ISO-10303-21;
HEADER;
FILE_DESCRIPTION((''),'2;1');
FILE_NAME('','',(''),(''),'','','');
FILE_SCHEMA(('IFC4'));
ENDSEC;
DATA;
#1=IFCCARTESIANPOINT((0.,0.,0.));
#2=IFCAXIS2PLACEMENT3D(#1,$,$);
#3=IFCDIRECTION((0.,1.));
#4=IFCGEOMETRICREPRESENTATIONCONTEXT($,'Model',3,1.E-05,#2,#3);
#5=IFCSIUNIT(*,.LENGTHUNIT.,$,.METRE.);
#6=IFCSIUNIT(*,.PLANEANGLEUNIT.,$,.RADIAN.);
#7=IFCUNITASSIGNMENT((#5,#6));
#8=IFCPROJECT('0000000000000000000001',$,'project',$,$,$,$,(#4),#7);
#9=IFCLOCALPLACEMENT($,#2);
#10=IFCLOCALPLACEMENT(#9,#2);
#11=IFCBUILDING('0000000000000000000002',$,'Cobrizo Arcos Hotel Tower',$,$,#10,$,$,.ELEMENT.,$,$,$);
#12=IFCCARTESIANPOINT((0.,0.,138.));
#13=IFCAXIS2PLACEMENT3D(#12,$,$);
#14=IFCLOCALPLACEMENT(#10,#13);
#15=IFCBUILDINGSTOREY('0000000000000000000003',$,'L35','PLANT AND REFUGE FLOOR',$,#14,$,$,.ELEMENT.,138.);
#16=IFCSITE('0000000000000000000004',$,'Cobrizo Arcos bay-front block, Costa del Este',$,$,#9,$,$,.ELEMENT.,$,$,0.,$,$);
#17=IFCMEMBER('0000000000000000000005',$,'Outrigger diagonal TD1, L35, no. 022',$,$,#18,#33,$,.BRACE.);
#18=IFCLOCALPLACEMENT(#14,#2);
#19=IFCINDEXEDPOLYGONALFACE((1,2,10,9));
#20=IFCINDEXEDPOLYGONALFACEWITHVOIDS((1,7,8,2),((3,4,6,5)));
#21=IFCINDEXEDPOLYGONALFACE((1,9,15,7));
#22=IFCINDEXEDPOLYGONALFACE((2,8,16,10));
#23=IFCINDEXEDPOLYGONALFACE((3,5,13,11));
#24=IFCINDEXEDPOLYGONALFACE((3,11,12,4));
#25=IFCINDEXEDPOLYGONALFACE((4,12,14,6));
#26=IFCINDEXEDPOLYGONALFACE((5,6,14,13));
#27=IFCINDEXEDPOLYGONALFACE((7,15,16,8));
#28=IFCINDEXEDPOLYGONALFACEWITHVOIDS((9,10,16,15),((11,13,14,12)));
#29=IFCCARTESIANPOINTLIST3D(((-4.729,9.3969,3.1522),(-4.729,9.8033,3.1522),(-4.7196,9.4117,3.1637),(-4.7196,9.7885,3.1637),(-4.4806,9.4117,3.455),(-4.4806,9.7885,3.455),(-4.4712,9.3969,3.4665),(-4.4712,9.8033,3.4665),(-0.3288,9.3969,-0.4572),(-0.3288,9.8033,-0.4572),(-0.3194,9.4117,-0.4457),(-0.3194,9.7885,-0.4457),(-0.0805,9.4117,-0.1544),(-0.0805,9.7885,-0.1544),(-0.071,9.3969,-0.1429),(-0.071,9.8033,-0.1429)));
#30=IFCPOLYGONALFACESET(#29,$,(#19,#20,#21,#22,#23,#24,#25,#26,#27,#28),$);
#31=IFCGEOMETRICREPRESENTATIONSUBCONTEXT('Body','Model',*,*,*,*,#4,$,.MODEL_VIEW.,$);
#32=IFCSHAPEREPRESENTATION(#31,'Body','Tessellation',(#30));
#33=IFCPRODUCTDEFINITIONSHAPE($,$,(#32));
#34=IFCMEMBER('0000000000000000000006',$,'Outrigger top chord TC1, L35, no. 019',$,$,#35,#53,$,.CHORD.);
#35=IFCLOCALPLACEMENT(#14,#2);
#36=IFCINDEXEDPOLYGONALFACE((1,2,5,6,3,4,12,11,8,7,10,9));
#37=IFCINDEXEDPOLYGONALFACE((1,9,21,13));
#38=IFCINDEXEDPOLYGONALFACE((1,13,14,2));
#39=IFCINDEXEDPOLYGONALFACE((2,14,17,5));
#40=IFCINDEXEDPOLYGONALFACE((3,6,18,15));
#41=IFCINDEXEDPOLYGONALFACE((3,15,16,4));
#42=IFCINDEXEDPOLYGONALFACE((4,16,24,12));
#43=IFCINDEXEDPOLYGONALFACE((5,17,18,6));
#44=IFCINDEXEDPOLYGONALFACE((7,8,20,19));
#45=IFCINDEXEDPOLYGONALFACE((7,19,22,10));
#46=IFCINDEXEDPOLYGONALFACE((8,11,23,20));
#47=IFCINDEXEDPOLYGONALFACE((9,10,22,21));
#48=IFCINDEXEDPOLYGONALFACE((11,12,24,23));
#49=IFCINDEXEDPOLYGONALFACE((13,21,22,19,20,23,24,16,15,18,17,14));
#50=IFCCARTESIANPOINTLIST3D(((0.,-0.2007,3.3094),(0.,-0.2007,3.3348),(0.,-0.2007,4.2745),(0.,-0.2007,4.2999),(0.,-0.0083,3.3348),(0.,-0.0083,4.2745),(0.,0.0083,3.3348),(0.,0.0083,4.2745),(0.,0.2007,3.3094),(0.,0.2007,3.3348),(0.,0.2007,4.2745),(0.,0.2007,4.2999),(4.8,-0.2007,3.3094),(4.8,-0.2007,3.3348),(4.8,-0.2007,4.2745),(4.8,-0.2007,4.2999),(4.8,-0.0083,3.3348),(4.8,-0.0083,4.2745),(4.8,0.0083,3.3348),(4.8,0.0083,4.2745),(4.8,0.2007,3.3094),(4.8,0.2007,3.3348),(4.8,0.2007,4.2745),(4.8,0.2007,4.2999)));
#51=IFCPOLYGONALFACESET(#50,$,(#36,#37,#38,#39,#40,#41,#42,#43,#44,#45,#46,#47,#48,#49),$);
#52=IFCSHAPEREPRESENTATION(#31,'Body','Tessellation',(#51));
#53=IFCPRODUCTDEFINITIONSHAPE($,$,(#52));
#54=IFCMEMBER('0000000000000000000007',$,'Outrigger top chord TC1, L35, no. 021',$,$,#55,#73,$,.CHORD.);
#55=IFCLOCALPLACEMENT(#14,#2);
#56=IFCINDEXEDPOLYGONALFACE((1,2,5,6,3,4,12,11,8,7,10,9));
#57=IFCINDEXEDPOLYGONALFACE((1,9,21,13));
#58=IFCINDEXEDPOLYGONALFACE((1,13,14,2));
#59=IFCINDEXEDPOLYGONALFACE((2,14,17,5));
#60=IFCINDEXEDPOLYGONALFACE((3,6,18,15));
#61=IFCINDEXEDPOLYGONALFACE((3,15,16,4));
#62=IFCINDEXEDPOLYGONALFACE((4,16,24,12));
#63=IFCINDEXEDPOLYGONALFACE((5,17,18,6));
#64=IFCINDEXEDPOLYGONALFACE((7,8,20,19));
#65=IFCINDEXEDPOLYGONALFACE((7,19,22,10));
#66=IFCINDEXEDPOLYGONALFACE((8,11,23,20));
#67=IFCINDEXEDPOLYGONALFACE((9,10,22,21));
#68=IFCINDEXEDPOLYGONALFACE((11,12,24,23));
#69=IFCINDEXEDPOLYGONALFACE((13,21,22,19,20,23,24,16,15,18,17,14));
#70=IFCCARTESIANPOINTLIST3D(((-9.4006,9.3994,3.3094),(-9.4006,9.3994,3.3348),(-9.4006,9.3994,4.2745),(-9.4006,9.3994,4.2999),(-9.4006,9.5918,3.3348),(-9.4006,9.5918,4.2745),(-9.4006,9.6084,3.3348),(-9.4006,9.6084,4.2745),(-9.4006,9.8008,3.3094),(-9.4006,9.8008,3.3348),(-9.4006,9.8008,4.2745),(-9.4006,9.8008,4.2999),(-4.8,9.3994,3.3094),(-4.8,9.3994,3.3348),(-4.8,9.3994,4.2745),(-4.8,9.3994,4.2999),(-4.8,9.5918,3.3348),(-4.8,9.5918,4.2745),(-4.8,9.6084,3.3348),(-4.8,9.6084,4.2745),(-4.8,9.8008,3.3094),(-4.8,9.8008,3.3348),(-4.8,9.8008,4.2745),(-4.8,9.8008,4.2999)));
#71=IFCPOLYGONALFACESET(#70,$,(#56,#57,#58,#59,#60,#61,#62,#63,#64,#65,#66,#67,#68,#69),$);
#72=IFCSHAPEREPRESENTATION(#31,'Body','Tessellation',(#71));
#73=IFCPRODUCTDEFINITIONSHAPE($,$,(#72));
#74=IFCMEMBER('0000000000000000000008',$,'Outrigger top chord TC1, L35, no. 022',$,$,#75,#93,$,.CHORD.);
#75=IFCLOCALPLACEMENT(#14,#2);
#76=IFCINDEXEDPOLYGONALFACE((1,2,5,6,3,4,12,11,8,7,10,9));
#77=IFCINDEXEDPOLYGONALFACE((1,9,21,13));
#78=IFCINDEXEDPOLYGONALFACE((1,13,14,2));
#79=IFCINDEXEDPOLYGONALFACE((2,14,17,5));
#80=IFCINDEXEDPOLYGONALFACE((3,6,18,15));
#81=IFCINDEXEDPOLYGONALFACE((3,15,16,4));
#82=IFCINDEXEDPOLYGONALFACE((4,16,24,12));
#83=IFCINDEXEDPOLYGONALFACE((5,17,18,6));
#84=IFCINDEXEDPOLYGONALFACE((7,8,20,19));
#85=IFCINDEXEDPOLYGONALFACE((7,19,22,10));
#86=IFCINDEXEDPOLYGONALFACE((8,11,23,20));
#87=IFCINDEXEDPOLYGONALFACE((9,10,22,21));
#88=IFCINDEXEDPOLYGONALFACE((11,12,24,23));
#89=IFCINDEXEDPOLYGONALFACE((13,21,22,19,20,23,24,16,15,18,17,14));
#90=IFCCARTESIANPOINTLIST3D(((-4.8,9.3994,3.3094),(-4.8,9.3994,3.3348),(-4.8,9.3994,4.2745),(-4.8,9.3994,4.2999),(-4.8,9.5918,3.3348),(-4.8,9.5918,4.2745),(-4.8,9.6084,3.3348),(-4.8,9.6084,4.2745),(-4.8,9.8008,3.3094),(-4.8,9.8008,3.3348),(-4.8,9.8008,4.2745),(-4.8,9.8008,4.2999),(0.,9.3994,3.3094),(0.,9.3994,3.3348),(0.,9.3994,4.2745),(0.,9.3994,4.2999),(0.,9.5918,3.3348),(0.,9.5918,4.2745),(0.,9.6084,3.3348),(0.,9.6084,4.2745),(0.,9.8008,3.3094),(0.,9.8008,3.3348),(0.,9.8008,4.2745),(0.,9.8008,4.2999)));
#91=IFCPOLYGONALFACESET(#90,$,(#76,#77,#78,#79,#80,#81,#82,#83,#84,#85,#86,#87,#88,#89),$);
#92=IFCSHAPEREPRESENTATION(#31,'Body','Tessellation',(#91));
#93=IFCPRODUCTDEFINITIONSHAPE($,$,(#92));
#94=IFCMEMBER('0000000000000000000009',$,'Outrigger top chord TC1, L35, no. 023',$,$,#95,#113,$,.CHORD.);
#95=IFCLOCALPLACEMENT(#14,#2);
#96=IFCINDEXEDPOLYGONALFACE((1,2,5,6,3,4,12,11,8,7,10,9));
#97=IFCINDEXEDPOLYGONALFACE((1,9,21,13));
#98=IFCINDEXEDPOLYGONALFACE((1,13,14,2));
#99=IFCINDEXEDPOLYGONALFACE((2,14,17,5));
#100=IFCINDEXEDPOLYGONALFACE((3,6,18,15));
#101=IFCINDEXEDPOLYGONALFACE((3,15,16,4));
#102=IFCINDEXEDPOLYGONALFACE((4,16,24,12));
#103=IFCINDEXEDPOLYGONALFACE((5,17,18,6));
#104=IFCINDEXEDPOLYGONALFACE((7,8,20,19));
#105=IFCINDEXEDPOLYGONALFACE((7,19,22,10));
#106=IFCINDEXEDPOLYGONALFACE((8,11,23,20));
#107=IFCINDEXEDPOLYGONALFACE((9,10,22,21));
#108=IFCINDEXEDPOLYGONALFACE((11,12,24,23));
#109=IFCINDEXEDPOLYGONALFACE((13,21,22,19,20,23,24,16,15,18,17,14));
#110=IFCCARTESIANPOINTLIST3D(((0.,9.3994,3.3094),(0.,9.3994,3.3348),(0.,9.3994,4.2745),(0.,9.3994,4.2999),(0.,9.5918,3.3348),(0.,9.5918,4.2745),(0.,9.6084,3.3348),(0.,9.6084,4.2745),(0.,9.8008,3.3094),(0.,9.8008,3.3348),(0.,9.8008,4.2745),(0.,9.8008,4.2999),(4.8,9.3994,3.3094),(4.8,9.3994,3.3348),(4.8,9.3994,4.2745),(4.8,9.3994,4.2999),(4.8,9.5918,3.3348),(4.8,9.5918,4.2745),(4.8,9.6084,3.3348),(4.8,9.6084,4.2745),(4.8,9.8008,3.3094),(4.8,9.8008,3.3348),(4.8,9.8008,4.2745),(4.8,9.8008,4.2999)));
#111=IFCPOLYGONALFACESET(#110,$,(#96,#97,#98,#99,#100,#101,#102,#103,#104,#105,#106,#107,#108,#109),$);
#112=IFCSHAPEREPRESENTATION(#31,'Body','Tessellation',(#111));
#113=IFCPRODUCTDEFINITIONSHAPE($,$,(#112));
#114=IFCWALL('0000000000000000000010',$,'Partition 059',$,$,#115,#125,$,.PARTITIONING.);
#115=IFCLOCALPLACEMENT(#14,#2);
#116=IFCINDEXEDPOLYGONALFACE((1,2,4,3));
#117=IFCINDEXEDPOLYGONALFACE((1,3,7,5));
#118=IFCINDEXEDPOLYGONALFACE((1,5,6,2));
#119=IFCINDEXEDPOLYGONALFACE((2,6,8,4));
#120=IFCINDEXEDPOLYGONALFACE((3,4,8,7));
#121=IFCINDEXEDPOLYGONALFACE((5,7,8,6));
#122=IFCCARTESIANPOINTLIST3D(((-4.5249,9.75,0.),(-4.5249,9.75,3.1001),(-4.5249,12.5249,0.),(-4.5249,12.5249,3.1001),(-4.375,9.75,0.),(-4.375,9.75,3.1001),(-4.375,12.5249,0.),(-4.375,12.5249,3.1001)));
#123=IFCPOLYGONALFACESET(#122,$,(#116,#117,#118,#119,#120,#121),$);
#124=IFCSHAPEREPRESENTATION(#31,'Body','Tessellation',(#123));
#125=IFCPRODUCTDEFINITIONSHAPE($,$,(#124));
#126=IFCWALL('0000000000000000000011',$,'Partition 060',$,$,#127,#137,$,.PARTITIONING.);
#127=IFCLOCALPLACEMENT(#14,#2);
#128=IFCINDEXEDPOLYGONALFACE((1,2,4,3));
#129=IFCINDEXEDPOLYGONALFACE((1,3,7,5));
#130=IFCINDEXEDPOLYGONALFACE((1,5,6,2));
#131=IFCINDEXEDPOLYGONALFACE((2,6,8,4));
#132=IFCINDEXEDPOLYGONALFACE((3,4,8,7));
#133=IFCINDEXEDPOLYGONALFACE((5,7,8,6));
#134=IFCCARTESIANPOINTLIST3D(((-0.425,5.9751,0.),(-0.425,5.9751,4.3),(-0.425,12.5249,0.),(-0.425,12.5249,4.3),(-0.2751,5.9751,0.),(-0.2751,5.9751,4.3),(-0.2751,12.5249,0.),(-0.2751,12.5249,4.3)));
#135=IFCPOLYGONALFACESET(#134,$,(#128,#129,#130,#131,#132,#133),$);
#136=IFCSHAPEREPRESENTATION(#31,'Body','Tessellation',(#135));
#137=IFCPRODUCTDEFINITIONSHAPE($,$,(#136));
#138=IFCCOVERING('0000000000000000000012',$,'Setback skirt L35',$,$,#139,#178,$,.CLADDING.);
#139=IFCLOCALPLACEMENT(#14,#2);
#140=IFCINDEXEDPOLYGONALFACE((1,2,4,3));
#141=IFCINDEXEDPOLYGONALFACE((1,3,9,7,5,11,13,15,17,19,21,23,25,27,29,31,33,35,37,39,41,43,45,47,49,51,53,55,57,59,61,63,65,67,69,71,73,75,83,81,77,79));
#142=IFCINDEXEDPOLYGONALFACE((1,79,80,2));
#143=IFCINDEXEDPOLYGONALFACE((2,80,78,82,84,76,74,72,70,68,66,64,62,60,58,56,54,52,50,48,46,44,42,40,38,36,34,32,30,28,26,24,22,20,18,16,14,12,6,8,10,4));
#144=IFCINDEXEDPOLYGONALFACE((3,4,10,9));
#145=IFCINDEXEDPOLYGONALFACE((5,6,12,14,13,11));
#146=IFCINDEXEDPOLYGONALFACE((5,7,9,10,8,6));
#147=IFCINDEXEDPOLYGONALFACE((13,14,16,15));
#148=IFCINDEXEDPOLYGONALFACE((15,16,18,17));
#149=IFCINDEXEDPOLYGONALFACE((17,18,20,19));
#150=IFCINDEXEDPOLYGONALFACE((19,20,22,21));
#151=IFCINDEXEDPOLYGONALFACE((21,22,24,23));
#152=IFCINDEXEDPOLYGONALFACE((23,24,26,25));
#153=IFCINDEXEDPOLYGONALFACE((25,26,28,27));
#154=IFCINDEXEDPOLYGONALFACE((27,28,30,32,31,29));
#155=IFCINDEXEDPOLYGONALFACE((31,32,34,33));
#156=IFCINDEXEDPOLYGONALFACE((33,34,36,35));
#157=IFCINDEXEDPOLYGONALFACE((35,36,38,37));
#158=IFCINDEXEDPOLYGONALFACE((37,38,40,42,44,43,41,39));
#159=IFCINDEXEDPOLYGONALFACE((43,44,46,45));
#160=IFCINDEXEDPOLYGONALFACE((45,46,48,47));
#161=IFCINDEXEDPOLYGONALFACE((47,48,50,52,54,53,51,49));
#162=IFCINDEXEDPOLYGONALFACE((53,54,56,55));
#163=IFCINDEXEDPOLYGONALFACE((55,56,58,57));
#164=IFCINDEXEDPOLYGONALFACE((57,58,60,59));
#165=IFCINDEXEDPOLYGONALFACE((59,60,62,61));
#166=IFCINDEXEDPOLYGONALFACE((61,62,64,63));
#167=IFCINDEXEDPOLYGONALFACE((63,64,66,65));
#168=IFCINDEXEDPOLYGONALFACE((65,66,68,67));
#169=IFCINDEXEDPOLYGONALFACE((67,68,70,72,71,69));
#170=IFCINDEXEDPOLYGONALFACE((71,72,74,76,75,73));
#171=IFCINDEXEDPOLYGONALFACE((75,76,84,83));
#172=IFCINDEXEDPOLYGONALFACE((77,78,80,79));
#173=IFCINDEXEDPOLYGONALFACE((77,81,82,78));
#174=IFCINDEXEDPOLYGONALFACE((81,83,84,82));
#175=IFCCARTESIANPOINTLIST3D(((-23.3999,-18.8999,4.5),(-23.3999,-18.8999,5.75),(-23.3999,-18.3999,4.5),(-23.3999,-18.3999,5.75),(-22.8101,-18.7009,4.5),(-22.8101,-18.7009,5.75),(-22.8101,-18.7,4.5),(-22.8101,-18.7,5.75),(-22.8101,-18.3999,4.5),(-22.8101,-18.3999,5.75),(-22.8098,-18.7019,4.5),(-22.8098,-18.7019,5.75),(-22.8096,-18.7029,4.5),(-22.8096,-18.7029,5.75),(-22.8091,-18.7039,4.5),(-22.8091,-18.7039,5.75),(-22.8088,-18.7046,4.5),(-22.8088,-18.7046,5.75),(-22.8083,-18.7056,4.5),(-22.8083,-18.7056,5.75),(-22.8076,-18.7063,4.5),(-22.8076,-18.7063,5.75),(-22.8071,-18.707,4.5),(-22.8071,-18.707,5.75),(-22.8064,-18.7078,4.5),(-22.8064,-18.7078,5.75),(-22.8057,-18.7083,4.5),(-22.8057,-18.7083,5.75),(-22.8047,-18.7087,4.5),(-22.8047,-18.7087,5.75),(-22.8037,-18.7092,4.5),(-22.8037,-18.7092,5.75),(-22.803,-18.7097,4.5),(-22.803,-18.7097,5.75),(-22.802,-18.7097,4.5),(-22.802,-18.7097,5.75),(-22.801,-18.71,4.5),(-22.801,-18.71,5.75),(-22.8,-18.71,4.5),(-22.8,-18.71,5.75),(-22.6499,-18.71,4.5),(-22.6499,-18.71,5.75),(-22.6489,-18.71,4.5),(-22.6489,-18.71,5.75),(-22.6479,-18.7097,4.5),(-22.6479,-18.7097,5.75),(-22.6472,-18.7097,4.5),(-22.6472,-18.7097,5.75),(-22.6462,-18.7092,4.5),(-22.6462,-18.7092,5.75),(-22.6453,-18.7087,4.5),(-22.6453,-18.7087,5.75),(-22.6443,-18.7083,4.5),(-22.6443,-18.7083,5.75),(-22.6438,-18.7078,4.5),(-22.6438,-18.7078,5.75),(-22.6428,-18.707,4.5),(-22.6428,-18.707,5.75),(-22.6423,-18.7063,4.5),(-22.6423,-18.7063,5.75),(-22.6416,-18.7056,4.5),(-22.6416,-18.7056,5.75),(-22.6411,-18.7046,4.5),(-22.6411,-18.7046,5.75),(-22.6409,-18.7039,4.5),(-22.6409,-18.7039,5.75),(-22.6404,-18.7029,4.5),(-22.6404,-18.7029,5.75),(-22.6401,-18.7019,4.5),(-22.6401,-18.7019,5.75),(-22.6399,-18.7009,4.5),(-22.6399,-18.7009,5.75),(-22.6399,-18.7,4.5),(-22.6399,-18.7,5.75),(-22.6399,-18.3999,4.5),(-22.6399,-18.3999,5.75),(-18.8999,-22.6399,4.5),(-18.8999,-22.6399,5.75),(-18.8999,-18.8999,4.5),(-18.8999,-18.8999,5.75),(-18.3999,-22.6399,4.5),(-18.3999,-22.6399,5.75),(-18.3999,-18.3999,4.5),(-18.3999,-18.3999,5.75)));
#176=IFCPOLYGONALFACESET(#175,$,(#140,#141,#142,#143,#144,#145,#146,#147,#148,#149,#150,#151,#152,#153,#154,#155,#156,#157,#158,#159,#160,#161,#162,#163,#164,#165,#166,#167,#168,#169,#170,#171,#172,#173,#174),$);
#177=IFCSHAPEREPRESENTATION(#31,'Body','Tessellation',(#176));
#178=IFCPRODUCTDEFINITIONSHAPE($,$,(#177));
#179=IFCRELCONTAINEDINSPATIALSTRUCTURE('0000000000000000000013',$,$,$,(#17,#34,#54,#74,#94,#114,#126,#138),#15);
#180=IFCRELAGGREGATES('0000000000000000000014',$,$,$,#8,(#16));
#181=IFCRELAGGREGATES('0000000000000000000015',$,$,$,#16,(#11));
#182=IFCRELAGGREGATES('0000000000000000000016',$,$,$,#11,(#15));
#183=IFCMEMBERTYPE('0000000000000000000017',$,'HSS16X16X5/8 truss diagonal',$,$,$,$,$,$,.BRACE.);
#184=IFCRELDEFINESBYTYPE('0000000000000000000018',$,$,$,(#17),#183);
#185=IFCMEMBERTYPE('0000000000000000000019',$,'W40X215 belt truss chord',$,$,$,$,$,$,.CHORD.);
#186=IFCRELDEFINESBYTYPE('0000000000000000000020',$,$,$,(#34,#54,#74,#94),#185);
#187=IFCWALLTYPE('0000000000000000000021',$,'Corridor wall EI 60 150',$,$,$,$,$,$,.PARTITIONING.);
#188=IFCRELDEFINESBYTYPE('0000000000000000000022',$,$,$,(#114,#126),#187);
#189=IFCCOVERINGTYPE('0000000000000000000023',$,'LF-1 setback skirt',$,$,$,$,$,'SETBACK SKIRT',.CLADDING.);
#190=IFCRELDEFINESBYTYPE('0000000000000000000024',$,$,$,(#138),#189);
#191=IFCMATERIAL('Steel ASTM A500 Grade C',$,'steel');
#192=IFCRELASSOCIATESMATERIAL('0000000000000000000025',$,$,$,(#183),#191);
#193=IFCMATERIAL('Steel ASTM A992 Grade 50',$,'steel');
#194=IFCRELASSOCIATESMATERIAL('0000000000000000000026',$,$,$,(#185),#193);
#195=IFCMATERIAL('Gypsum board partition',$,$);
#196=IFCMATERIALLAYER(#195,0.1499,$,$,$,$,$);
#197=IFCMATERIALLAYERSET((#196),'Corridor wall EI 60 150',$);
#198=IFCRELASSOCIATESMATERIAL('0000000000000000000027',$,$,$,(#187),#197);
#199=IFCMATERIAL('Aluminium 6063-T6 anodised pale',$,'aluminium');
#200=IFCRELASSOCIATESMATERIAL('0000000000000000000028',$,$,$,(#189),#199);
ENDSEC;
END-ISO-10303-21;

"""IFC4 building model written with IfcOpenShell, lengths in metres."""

from ifc_helpers import new_model, si_unit, direction, frame, frame_2d, origin, origin_2d, place, context, subcontext, project, spatial, polyline, rectangle, hollow_rectangle, i_section, outline, extrude, material, layer, layer_set, material_profile, profile_set, type_object, element, save


model = new_model("IFC4")

# Units and contexts
model_context = context("Model", 3, precision=1e-05, world=origin(), true_north=direction((0.0, 1.0)))
body_context = subcontext(model_context, "Body", "Model", "MODEL_VIEW")
ifc_project = project(units=[si_unit("LENGTHUNIT", "METRE"), si_unit("PLANEANGLEUNIT", "RADIAN")], contexts=[model_context])

# Site, building, storey
site_placement = place(None, origin())
site = spatial("IfcSite", under=ifc_project, at=site_placement, Name="Cobrizo Arcos bay-front block, Costa del Este", CompositionType="ELEMENT", RefElevation=0.0)
building_placement = place(site_placement, origin())
building = spatial("IfcBuilding", under=site, at=building_placement, Name="Cobrizo Arcos Hotel Tower", CompositionType="ELEMENT")
storey_placement = place(building_placement, frame((0.0, 0.0, 138.0)))
storey = spatial("IfcBuildingStorey", under=building, at=storey_placement, Name="L35", Description="PLANT AND REFUGE FLOOR", CompositionType="ELEMENT", Elevation=138.0)

# Members
ifc_material_1 = material(Name="Steel ASTM A500 Grade C", Category="steel")
ifc_material_profile_1 = material_profile(ifc_material_1, hollow_rectangle(XDim=0.4065, YDim=0.4065, WallThickness=0.0149, at=origin_2d()), Name="HSS16X16X5/8")
ifc_profile_set_1 = profile_set([ifc_material_profile_1], Name="Steel ASTM A500 Grade C")
member_type_1 = type_object("IfcMemberType", Name="HSS16X16X5/8 truss diagonal", PredefinedType="BRACE", material=ifc_profile_set_1)
member_1_placement = place(storey_placement, frame((-4.6001, 9.6001, 3.3093), z_axis=(0.77316, 0.0, -0.634211), x_axis=(0.0, 1.0, 0.0)))
element("IfcMember", 1, at=member_1_placement, inside=storey, type_object=member_type_1, Name="Outrigger diagonal TD1, L35, no. 022", PredefinedType="BRACE", context=body_context, shape_type="SweptSolid", body=[
    extrude(hollow_rectangle(XDim=0.4065, YDim=0.4065, WallThickness=0.0149, at=origin_2d()), origin(), (0.0, 0.0, 1.0), 5.6912),
])
ifc_material_2 = material(Name="Steel ASTM A992 Grade 50", Category="steel")
ifc_material_profile_2 = material_profile(ifc_material_2, i_section(OverallWidth=0.4014, OverallDepth=0.9905, WebThickness=0.0166, FlangeThickness=0.0254, at=origin_2d()), Name="W40X215")
ifc_profile_set_2 = profile_set([ifc_material_profile_2], Name="Steel ASTM A992 Grade 50")
member_type_2 = type_object("IfcMemberType", Name="W40X215 belt truss chord", PredefinedType="CHORD", material=ifc_profile_set_2)
member_2_placement = place(storey_placement, frame((0.0, 0.0, 3.8047), z_axis=(1.0, 0.0, 0.0), x_axis=(0.0, 1.0, 0.0)))
element("IfcMember", 2, at=member_2_placement, inside=storey, type_object=member_type_2, Name="Outrigger top chord TC1, L35, no. 019", PredefinedType="CHORD", context=body_context, shape_type="SweptSolid", body=[
    extrude(i_section(OverallWidth=0.4014, OverallDepth=0.9905, WebThickness=0.0166, FlangeThickness=0.0254, at=origin_2d()), origin(), (0.0, 0.0, 1.0), 4.8),
])
member_3_placement = place(storey_placement, frame((-9.4006, 9.6001, 3.8047), z_axis=(1.0, 0.0, 0.0), x_axis=(0.0, 1.0, 0.0)))
element("IfcMember", 3, at=member_3_placement, inside=storey, type_object=member_type_2, Name="Outrigger top chord TC1, L35, no. 021", PredefinedType="CHORD", context=body_context, shape_type="SweptSolid", body=[
    extrude(i_section(OverallWidth=0.4014, OverallDepth=0.9905, WebThickness=0.0166, FlangeThickness=0.0254, at=origin_2d()), origin(), (0.0, 0.0, 1.0), 4.6006),
])
for number, where, z_axis, x_axis, name in (
    (4, (-4.8, 9.6001, 3.8047), (1.0, 0.0, 0.0), (0.0, 1.0, 0.0), "Outrigger top chord TC1, L35, no. 022"),
    (5, (0.0, 9.6001, 3.8047), (1.0, 0.0, 0.0), (0.0, 1.0, 0.0), "Outrigger top chord TC1, L35, no. 023"),
):
    element("IfcMember", number, at=place(storey_placement, frame(where, z_axis=z_axis, x_axis=x_axis)), inside=storey, type_object=member_type_2, Name=name, PredefinedType="CHORD", context=body_context, shape_type="SweptSolid", body=[
        extrude(i_section(OverallWidth=0.4014, OverallDepth=0.9905, WebThickness=0.0166, FlangeThickness=0.0254, at=origin_2d()), origin(), (0.0, 0.0, 1.0), 4.8),
    ])

# Walls
ifc_material_3 = material(Name="Gypsum board partition")
ifc_layer = layer(ifc_material_3, 0.1499)
ifc_layer_set = layer_set([ifc_layer], Name="Corridor wall EI 60 150")
wall_type = type_object("IfcWallType", Name="Corridor wall EI 60 150", PredefinedType="PARTITIONING", material=ifc_layer_set)
wall_1_placement = place(storey_placement, frame((-4.45, 9.75, 0.0), z_axis=(0.0, 0.0, 1.0), x_axis=(0.0, 1.0, 0.0)))
element("IfcWall", 6, at=wall_1_placement, inside=storey, type_object=wall_type, Name="Partition 059", PredefinedType="PARTITIONING", context=body_context, shape_type="SweptSolid", body=[
    extrude(rectangle(XDim=2.7749, YDim=0.1499, at=frame_2d((1.3875, 0.0))), origin(), (0.0, 0.0, 1.0), 3.1001),
])
wall_2_placement = place(storey_placement, frame((-0.3501, 5.9751, 0.0), z_axis=(0.0, 0.0, 1.0), x_axis=(0.0, 1.0, 0.0)))
element("IfcWall", 7, at=wall_2_placement, inside=storey, type_object=wall_type, Name="Partition 060", PredefinedType="PARTITIONING", context=body_context, shape_type="SweptSolid", body=[
    extrude(rectangle(XDim=6.5498, YDim=0.1499, at=frame_2d((3.2749, 0.0))), origin(), (0.0, 0.0, 1.0), 4.3),
])

# Covering
ifc_material_4 = material(Name="Aluminium 6063-T6 anodised pale", Category="aluminium")
covering_type = type_object("IfcCoveringType", Name="LF-1 setback skirt", ElementType="SETBACK SKIRT", PredefinedType="CLADDING", material=ifc_material_4)
covering_1_placement = place(storey_placement, frame((0.0, 0.0, 4.5)))
element("IfcCovering", 8, at=covering_1_placement, inside=storey, type_object=covering_type, Name="Setback skirt L35", PredefinedType="CLADDING", context=body_context, shape_type="SweptSolid", body=[
    extrude(outline(polyline([(-22.8101, -18.7), (-22.8101, -18.3999), (-23.3999, -18.3999), (-23.3999, -18.8999), (-18.8999, -18.8999), (-18.8999, -22.6399), (-18.3999, -22.6399), (-18.3999, -18.3999), (-22.6399, -18.3999), (-22.6399, -18.7), (-22.6399, -18.7009), (-22.6401, -18.7019), (-22.6404, -18.7029), (-22.6409, -18.7039), (-22.6411, -18.7046), (-22.6416, -18.7056), (-22.6423, -18.7063), (-22.6428, -18.707), (-22.6438, -18.7078), (-22.6443, -18.7083), (-22.6453, -18.7087), (-22.6462, -18.7092), (-22.6472, -18.7097), (-22.6479, -18.7097), (-22.6489, -18.71), (-22.6499, -18.71), (-22.8, -18.71), (-22.801, -18.71), (-22.802, -18.7097), (-22.803, -18.7097), (-22.8037, -18.7092), (-22.8047, -18.7087), (-22.8057, -18.7083), (-22.8064, -18.7078), (-22.8071, -18.707), (-22.8076, -18.7063), (-22.8083, -18.7056), (-22.8088, -18.7046), (-22.8091, -18.7039), (-22.8096, -18.7029), (-22.8098, -18.7019), (-22.8101, -18.7009), (-22.8101, -18.7)])), origin(), (0.0, 0.0, 1.0), 1.25),
])

save(model, "model.ifc")
